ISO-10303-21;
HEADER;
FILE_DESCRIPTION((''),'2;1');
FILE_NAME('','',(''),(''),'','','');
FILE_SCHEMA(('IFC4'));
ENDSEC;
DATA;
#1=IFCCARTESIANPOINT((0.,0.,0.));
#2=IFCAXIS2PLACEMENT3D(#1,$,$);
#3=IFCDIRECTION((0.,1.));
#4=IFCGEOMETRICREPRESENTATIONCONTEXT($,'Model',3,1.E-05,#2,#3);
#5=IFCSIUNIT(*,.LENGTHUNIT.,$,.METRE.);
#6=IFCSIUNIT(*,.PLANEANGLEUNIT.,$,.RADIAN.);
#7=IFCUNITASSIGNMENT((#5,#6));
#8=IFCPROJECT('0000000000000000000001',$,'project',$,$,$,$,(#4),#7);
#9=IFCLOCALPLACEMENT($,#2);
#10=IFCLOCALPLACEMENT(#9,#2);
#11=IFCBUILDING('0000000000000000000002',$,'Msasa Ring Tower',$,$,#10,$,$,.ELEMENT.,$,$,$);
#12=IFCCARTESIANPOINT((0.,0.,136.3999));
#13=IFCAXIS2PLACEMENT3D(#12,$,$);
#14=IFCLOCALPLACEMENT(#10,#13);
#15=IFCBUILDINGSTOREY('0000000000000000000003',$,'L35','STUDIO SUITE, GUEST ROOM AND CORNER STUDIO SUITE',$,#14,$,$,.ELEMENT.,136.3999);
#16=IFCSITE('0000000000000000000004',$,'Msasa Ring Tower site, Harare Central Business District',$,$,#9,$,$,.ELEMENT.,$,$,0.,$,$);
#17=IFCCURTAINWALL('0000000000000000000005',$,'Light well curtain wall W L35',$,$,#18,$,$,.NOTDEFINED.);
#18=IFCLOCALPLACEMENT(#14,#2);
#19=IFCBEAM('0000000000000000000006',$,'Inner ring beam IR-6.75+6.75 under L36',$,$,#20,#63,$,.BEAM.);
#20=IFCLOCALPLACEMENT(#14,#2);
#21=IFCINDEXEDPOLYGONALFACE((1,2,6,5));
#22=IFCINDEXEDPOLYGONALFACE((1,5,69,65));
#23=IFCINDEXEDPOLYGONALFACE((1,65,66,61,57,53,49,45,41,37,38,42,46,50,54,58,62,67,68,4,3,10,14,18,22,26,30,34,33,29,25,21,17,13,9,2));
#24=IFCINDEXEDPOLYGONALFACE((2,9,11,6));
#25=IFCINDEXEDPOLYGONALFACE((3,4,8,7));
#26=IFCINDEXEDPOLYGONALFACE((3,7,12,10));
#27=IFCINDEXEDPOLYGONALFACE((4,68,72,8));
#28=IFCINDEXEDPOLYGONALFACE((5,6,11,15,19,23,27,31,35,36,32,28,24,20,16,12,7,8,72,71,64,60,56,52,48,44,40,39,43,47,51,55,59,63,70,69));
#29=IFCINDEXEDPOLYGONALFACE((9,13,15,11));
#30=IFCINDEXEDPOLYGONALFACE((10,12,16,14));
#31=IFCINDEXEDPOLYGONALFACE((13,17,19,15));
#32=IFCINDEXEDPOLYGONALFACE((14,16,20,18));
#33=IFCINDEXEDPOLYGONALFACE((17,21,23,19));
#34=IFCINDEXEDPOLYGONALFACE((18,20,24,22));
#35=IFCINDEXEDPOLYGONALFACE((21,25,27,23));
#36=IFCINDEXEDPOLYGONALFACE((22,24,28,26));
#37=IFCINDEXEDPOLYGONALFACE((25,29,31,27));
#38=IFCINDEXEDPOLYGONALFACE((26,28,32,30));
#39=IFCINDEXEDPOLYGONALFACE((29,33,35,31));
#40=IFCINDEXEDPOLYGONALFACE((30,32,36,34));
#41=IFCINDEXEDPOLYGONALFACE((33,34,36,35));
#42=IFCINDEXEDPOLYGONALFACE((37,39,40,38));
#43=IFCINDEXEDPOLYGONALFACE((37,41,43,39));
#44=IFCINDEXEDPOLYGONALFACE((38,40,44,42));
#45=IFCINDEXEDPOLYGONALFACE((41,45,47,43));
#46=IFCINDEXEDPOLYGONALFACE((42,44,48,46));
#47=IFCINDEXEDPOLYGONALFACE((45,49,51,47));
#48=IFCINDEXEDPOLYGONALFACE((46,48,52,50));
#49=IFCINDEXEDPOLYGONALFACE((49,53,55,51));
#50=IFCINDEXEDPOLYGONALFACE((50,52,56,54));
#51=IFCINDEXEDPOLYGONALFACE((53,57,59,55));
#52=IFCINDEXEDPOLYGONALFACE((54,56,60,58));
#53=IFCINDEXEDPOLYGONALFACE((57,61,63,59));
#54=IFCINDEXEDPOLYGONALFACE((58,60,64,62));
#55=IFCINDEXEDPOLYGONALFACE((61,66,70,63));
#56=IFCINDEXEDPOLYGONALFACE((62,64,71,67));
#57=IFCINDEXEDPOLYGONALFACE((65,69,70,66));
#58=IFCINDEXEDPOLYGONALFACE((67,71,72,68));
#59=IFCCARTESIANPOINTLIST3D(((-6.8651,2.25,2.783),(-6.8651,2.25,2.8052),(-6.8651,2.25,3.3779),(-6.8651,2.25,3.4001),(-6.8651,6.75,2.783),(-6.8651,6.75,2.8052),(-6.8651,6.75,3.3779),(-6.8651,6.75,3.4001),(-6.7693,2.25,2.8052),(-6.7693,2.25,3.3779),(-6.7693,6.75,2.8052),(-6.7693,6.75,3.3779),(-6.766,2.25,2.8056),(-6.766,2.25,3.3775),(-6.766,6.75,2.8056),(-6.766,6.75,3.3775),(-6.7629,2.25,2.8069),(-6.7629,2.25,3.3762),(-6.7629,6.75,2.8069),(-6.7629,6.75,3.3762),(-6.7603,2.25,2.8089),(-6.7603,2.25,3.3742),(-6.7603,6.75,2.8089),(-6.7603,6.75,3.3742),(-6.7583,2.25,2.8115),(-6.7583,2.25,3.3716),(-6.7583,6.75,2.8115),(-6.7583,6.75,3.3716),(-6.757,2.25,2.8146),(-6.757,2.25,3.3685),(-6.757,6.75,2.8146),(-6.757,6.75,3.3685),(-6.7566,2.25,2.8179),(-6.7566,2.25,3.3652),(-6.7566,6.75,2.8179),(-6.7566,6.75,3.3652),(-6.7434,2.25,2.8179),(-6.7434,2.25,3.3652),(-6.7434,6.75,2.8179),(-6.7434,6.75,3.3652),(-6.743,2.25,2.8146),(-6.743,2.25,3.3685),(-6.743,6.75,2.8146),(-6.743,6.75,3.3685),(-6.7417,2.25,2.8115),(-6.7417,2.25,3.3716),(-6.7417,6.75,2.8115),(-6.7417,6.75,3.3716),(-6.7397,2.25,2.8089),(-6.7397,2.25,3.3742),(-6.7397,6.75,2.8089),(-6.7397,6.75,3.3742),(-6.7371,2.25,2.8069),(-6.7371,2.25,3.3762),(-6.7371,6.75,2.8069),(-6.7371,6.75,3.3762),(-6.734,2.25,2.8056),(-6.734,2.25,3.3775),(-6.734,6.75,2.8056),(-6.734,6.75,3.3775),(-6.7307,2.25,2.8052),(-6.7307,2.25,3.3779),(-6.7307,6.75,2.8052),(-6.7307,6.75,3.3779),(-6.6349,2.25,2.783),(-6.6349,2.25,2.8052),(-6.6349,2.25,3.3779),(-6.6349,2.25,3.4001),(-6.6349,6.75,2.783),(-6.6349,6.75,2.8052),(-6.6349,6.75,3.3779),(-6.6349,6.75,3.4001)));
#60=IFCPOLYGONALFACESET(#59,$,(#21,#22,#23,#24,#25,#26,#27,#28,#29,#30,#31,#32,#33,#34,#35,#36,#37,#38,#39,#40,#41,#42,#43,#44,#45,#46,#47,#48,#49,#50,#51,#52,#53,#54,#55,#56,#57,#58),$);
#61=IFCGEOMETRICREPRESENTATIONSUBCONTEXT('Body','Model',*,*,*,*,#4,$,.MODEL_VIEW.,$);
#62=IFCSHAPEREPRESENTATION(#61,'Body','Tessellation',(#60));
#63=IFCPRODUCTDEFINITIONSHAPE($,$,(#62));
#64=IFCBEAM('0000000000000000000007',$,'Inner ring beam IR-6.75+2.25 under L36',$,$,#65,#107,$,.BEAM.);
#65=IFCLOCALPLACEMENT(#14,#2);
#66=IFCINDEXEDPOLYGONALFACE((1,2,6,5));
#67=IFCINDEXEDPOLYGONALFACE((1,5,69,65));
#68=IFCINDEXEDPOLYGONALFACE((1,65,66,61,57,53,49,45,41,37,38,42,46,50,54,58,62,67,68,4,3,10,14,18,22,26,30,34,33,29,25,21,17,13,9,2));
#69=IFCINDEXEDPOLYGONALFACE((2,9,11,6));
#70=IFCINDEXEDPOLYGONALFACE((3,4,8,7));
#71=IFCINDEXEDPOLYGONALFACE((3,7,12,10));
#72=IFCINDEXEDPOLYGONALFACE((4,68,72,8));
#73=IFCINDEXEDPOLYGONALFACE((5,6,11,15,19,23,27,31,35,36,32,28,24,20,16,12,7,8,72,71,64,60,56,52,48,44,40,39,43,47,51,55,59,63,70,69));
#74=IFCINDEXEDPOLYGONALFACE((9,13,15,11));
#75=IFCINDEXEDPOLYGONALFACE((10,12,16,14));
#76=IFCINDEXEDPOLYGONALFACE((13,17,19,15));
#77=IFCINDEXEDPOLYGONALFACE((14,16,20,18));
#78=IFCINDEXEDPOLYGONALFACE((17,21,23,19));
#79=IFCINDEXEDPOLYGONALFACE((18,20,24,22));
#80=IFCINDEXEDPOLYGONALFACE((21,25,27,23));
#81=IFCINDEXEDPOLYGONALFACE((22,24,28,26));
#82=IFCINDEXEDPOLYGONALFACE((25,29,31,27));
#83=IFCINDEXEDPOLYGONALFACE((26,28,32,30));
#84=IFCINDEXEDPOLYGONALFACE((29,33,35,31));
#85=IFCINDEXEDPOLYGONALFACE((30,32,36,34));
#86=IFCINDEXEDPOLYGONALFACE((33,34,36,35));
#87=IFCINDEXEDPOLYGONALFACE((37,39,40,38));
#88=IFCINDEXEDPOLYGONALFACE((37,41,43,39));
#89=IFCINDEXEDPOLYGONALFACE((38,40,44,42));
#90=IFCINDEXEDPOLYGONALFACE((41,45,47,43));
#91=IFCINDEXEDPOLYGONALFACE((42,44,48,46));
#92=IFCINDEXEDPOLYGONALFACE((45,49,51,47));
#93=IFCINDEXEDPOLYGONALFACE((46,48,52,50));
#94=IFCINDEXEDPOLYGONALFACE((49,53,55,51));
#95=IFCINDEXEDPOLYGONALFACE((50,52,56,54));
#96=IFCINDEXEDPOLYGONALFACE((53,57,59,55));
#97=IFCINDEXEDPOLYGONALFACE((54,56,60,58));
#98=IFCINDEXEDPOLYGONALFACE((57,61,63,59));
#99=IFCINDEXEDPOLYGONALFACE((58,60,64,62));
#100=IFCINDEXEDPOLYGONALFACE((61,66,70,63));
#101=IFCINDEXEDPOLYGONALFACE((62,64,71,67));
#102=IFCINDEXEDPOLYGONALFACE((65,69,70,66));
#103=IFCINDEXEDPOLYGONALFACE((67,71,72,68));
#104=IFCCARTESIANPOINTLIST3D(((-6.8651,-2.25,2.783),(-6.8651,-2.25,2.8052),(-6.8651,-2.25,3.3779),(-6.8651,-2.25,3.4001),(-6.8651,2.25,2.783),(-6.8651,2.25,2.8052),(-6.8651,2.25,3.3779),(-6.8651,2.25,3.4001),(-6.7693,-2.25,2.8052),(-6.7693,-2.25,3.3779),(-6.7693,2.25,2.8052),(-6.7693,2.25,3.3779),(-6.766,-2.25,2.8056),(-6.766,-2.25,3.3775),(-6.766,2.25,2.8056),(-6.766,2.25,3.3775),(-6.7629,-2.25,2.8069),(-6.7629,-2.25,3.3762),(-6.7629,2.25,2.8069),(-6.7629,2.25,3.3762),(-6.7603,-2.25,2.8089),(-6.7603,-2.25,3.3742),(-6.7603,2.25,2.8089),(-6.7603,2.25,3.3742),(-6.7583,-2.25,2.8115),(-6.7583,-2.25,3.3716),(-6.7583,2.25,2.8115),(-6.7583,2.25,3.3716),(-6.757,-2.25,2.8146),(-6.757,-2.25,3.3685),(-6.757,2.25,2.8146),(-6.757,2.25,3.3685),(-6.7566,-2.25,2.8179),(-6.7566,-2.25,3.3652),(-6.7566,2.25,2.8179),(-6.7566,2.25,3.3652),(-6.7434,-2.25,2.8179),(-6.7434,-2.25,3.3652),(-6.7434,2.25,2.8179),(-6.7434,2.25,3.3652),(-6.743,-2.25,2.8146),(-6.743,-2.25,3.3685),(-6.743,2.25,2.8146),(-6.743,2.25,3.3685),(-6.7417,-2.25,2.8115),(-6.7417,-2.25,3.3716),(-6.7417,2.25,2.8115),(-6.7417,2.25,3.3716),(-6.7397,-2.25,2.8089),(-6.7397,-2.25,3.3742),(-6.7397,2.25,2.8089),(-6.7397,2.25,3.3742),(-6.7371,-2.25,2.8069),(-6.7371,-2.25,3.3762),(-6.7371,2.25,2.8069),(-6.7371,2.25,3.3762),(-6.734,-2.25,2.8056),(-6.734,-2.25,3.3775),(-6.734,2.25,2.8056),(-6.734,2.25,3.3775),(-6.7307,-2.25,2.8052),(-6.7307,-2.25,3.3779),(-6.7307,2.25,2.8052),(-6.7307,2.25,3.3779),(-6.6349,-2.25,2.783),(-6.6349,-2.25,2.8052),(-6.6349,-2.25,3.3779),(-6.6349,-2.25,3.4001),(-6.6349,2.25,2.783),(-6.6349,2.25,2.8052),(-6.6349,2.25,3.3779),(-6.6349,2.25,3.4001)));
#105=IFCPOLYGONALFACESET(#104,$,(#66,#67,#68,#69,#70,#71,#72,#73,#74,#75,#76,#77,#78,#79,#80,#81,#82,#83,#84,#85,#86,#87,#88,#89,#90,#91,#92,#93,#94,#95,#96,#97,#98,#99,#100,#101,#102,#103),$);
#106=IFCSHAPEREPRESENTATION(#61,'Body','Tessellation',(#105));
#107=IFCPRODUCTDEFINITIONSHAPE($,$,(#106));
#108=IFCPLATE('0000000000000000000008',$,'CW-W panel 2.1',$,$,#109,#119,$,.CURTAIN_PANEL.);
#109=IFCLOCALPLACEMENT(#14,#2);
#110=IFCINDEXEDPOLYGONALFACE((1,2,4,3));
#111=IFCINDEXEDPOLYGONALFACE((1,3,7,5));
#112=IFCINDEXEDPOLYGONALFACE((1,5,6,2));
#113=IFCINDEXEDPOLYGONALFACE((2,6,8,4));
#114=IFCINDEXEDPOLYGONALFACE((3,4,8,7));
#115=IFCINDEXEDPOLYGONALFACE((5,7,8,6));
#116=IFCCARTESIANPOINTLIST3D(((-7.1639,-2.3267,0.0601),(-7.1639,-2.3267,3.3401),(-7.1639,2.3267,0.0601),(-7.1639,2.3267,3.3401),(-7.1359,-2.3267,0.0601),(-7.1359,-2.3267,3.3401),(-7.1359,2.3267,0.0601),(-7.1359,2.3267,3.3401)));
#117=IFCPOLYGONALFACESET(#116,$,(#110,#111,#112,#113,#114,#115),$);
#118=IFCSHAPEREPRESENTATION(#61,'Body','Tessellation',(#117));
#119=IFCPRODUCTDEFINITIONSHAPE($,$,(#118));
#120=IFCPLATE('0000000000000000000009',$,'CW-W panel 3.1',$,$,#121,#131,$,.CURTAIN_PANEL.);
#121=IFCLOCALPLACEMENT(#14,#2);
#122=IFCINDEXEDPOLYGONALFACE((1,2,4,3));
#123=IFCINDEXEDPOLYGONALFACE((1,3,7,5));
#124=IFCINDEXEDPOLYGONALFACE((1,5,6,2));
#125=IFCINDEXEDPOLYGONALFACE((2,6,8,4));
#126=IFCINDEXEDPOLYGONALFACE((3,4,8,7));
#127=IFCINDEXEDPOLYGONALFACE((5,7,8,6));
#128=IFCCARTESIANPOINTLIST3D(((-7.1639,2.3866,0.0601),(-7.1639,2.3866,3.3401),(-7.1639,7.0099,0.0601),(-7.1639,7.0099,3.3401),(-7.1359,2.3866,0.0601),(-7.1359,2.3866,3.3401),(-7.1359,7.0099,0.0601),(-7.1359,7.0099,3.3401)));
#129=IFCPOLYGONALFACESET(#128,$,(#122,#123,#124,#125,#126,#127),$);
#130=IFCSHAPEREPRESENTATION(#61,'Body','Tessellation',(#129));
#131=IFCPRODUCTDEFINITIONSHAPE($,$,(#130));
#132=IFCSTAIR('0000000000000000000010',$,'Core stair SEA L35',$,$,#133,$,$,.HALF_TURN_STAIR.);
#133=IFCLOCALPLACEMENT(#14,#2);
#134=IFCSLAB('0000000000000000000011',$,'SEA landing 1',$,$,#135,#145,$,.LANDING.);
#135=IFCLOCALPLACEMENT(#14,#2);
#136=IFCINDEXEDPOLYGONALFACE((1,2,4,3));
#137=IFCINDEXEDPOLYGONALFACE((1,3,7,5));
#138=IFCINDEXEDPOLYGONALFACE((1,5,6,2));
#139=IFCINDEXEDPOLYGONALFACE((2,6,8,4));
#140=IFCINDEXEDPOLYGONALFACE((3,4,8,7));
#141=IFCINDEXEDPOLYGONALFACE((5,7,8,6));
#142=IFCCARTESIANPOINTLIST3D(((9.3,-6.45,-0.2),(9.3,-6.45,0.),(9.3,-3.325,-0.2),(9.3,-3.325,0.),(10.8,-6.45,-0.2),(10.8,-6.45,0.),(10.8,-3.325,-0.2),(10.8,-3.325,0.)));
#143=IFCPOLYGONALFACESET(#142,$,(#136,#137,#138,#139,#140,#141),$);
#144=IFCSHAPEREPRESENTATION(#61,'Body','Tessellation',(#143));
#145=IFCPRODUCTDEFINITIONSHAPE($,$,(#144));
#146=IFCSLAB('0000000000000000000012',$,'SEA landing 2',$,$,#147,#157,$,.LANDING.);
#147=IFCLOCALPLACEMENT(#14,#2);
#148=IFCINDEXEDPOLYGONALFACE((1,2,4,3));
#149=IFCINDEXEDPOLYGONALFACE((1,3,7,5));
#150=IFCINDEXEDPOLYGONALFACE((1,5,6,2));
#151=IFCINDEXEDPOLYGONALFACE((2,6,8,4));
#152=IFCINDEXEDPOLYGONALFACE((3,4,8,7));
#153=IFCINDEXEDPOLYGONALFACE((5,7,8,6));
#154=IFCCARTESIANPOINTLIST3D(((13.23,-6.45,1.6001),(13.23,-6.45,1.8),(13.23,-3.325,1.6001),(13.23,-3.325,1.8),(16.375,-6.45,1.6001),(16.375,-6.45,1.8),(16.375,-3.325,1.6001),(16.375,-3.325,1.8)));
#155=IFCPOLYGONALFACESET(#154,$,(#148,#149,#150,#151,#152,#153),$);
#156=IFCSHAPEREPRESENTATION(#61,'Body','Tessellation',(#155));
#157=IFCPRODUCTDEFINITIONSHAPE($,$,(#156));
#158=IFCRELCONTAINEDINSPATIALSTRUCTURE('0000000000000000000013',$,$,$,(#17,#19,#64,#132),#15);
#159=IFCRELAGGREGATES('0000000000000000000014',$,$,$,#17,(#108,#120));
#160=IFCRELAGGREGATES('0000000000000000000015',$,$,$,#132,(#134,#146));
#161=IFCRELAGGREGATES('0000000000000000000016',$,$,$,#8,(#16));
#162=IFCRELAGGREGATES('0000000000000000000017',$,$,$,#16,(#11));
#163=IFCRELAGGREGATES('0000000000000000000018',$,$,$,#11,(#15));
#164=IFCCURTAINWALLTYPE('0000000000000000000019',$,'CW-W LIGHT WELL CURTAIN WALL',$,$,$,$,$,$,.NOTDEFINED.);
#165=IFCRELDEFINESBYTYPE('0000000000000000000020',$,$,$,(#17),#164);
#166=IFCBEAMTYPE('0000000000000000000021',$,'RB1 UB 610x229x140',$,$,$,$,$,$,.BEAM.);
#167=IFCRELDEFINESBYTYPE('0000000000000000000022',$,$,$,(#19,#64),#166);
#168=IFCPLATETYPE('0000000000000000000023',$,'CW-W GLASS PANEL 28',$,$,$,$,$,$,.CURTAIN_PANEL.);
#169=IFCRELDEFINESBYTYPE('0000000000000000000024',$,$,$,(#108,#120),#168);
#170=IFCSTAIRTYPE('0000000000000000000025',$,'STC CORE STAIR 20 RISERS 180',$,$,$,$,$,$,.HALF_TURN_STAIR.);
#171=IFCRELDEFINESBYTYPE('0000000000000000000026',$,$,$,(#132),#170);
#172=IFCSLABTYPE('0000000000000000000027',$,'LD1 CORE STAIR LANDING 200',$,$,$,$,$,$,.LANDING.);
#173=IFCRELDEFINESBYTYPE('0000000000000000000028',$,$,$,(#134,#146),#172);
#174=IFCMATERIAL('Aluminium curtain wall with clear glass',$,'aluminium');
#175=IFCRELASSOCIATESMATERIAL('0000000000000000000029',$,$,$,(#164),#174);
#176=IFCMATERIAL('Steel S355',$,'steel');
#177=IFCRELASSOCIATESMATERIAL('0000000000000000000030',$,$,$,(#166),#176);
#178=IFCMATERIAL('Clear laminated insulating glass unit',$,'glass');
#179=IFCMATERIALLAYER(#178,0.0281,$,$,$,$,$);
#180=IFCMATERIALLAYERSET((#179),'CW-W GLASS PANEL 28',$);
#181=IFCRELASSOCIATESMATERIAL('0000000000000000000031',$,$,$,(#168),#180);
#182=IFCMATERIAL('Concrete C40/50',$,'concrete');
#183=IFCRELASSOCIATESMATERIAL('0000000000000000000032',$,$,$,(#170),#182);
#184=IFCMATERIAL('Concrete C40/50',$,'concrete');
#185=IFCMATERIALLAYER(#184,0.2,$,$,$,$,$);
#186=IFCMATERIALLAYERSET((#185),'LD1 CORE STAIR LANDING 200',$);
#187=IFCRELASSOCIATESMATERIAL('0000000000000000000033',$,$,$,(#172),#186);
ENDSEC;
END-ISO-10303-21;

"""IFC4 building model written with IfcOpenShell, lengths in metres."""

from ifc_helpers import new_model, si_unit, direction, frame, origin, origin_2d, place, context, subcontext, project, spatial, polyline, rectangle, i_section, outline, extrude, material, layer, layer_set, material_profile, profile_set, type_object, element, aggregate, save


model = new_model("IFC4")

# Units and contexts
model_context = context("Model", 3, precision=1e-05, world=origin(), true_north=direction((0.0, 1.0)))
body_context = subcontext(model_context, "Body", "Model", "MODEL_VIEW")
ifc_project = project(units=[si_unit("LENGTHUNIT", "METRE"), si_unit("PLANEANGLEUNIT", "RADIAN")], contexts=[model_context])

# Site, building, storey
site_placement = place(None, origin())
site = spatial("IfcSite", under=ifc_project, at=site_placement, Name="Msasa Ring Tower site, Harare Central Business District", CompositionType="ELEMENT", RefElevation=0.0)
building_placement = place(site_placement, origin())
building = spatial("IfcBuilding", under=site, at=building_placement, Name="Msasa Ring Tower", CompositionType="ELEMENT")
storey_placement = place(building_placement, frame((0.0, 0.0, 136.3999)))
storey = spatial("IfcBuildingStorey", under=building, at=storey_placement, Name="L35", Description="STUDIO SUITE, GUEST ROOM AND CORNER STUDIO SUITE", CompositionType="ELEMENT", Elevation=136.3999)

# Shared definitions
ifc_material_1 = material(Name="Aluminium curtain wall with clear glass", Category="aluminium")
curtain_wall_type = type_object("IfcCurtainWallType", Name="CW-W LIGHT WELL CURTAIN WALL", PredefinedType="NOTDEFINED", material=ifc_material_1)

# Curtain wall
curtain_wall_1_placement = place(storey_placement, origin())
curtain_wall_1 = element("IfcCurtainWall", 1, at=curtain_wall_1_placement, inside=storey, type_object=curtain_wall_type, Name="Light well curtain wall W L35", PredefinedType="NOTDEFINED")

# Beams
ifc_material_2 = material(Name="Steel S355", Category="steel")
ifc_material_profile_1 = material_profile(ifc_material_2, i_section(OverallWidth=0.2302, OverallDepth=0.6172, WebThickness=0.0132, FlangeThickness=0.0222, FilletRadius=0.0127, at=origin_2d()), Name="UB 610x229x140")
ifc_profile_set_1 = profile_set([ifc_material_profile_1], Name="Steel S355")
beam_type = type_object("IfcBeamType", Name="RB1 UB 610x229x140", PredefinedType="BEAM", material=ifc_profile_set_1)
for number, where, z_axis, x_axis, name in (
    (2, (-6.75, 6.75, 3.0916), (0.0, -1.0, 0.0), (1.0, 0.0, 0.0), "Inner ring beam IR-6.75+6.75 under L36"),
    (3, (-6.75, 2.25, 3.0916), (0.0, -1.0, 0.0), (1.0, 0.0, 0.0), "Inner ring beam IR-6.75+2.25 under L36"),
):
    element("IfcBeam", number, at=place(storey_placement, frame(where, z_axis=z_axis, x_axis=x_axis)), inside=storey, type_object=beam_type, Name=name, PredefinedType="BEAM", context=body_context, shape_type="SweptSolid", body=[
        extrude(i_section(OverallWidth=0.2302, OverallDepth=0.6172, WebThickness=0.0132, FlangeThickness=0.0222, FilletRadius=0.0127, at=origin_2d()), origin(), (0.0, 0.0, 1.0), 4.5),
    ])

# Plates
ifc_material_3 = material(Name="Clear laminated insulating glass unit", Category="glass")
ifc_layer_1 = layer(ifc_material_3, 0.0281)
ifc_layer_set_1 = layer_set([ifc_layer_1], Name="CW-W GLASS PANEL 28")
plate_type = type_object("IfcPlateType", Name="CW-W GLASS PANEL 28", PredefinedType="CURTAIN_PANEL", material=ifc_layer_set_1)
plate_1_placement = place(storey_placement, frame((-7.1499, 0.0, 0.0601), z_axis=(0.0, 0.0, 1.0), x_axis=(0.0, 1.0, 0.0)))
plate_1 = element("IfcPlate", 4, at=plate_1_placement, type_object=plate_type, Name="CW-W panel 2.1", PredefinedType="CURTAIN_PANEL", context=body_context, shape_type="SweptSolid", body=[
    extrude(rectangle(XDim=4.6533, YDim=0.0281, at=origin_2d()), origin(), (0.0, 0.0, 1.0), 3.28),
])
plate_2_placement = place(storey_placement, frame((-7.1499, 4.6982, 0.0601), z_axis=(0.0, 0.0, 1.0), x_axis=(0.0, 1.0, 0.0)))
plate_2 = element("IfcPlate", 5, at=plate_2_placement, type_object=plate_type, Name="CW-W panel 3.1", PredefinedType="CURTAIN_PANEL", context=body_context, shape_type="SweptSolid", body=[
    extrude(rectangle(XDim=4.6233, YDim=0.0281, at=origin_2d()), origin(), (0.0, 0.0, 1.0), 3.28),
])
aggregate(curtain_wall_1, [plate_1, plate_2])

# Stair, slabs
ifc_material_4 = material(Name="Concrete C40/50", Category="concrete")
stair_type = type_object("IfcStairType", Name="STC CORE STAIR 20 RISERS 180", PredefinedType="HALF_TURN_STAIR", material=ifc_material_4)
stair_1_placement = place(storey_placement, origin())
stair_1 = element("IfcStair", 6, at=stair_1_placement, inside=storey, type_object=stair_type, Name="Core stair SEA L35", PredefinedType="HALF_TURN_STAIR")
ifc_material_5 = material(Name="Concrete C40/50", Category="concrete")
ifc_layer_2 = layer(ifc_material_5, 0.2)
ifc_layer_set_2 = layer_set([ifc_layer_2], Name="LD1 CORE STAIR LANDING 200")
slab_type_1 = type_object("IfcSlabType", Name="LD1 CORE STAIR LANDING 200", PredefinedType="LANDING", material=ifc_layer_set_2)
slab_1_placement = place(storey_placement, frame((0.0, 0.0, -0.2)))
slab_1 = element("IfcSlab", 7, at=slab_1_placement, type_object=slab_type_1, Name="SEA landing 1", PredefinedType="LANDING", context=body_context, shape_type="SweptSolid", body=[
    extrude(outline(polyline([(9.3, -6.45), (10.8, -6.45), (10.8, -3.325), (9.3, -3.325), (9.3, -6.45)])), origin(), (0.0, 0.0, 1.0), 0.2),
])
slab_2_placement = place(storey_placement, frame((0.0, 0.0, 1.6001)))
slab_2 = element("IfcSlab", 8, at=slab_2_placement, type_object=slab_type_1, Name="SEA landing 2", PredefinedType="LANDING", context=body_context, shape_type="SweptSolid", body=[
    extrude(outline(polyline([(13.23, -6.45), (16.375, -6.45), (16.375, -3.325), (13.23, -3.325), (13.23, -6.45)])), origin(), (0.0, 0.0, 1.0), 0.2),
])
aggregate(stair_1, [slab_1, slab_2])

save(model, "model.ifc")
